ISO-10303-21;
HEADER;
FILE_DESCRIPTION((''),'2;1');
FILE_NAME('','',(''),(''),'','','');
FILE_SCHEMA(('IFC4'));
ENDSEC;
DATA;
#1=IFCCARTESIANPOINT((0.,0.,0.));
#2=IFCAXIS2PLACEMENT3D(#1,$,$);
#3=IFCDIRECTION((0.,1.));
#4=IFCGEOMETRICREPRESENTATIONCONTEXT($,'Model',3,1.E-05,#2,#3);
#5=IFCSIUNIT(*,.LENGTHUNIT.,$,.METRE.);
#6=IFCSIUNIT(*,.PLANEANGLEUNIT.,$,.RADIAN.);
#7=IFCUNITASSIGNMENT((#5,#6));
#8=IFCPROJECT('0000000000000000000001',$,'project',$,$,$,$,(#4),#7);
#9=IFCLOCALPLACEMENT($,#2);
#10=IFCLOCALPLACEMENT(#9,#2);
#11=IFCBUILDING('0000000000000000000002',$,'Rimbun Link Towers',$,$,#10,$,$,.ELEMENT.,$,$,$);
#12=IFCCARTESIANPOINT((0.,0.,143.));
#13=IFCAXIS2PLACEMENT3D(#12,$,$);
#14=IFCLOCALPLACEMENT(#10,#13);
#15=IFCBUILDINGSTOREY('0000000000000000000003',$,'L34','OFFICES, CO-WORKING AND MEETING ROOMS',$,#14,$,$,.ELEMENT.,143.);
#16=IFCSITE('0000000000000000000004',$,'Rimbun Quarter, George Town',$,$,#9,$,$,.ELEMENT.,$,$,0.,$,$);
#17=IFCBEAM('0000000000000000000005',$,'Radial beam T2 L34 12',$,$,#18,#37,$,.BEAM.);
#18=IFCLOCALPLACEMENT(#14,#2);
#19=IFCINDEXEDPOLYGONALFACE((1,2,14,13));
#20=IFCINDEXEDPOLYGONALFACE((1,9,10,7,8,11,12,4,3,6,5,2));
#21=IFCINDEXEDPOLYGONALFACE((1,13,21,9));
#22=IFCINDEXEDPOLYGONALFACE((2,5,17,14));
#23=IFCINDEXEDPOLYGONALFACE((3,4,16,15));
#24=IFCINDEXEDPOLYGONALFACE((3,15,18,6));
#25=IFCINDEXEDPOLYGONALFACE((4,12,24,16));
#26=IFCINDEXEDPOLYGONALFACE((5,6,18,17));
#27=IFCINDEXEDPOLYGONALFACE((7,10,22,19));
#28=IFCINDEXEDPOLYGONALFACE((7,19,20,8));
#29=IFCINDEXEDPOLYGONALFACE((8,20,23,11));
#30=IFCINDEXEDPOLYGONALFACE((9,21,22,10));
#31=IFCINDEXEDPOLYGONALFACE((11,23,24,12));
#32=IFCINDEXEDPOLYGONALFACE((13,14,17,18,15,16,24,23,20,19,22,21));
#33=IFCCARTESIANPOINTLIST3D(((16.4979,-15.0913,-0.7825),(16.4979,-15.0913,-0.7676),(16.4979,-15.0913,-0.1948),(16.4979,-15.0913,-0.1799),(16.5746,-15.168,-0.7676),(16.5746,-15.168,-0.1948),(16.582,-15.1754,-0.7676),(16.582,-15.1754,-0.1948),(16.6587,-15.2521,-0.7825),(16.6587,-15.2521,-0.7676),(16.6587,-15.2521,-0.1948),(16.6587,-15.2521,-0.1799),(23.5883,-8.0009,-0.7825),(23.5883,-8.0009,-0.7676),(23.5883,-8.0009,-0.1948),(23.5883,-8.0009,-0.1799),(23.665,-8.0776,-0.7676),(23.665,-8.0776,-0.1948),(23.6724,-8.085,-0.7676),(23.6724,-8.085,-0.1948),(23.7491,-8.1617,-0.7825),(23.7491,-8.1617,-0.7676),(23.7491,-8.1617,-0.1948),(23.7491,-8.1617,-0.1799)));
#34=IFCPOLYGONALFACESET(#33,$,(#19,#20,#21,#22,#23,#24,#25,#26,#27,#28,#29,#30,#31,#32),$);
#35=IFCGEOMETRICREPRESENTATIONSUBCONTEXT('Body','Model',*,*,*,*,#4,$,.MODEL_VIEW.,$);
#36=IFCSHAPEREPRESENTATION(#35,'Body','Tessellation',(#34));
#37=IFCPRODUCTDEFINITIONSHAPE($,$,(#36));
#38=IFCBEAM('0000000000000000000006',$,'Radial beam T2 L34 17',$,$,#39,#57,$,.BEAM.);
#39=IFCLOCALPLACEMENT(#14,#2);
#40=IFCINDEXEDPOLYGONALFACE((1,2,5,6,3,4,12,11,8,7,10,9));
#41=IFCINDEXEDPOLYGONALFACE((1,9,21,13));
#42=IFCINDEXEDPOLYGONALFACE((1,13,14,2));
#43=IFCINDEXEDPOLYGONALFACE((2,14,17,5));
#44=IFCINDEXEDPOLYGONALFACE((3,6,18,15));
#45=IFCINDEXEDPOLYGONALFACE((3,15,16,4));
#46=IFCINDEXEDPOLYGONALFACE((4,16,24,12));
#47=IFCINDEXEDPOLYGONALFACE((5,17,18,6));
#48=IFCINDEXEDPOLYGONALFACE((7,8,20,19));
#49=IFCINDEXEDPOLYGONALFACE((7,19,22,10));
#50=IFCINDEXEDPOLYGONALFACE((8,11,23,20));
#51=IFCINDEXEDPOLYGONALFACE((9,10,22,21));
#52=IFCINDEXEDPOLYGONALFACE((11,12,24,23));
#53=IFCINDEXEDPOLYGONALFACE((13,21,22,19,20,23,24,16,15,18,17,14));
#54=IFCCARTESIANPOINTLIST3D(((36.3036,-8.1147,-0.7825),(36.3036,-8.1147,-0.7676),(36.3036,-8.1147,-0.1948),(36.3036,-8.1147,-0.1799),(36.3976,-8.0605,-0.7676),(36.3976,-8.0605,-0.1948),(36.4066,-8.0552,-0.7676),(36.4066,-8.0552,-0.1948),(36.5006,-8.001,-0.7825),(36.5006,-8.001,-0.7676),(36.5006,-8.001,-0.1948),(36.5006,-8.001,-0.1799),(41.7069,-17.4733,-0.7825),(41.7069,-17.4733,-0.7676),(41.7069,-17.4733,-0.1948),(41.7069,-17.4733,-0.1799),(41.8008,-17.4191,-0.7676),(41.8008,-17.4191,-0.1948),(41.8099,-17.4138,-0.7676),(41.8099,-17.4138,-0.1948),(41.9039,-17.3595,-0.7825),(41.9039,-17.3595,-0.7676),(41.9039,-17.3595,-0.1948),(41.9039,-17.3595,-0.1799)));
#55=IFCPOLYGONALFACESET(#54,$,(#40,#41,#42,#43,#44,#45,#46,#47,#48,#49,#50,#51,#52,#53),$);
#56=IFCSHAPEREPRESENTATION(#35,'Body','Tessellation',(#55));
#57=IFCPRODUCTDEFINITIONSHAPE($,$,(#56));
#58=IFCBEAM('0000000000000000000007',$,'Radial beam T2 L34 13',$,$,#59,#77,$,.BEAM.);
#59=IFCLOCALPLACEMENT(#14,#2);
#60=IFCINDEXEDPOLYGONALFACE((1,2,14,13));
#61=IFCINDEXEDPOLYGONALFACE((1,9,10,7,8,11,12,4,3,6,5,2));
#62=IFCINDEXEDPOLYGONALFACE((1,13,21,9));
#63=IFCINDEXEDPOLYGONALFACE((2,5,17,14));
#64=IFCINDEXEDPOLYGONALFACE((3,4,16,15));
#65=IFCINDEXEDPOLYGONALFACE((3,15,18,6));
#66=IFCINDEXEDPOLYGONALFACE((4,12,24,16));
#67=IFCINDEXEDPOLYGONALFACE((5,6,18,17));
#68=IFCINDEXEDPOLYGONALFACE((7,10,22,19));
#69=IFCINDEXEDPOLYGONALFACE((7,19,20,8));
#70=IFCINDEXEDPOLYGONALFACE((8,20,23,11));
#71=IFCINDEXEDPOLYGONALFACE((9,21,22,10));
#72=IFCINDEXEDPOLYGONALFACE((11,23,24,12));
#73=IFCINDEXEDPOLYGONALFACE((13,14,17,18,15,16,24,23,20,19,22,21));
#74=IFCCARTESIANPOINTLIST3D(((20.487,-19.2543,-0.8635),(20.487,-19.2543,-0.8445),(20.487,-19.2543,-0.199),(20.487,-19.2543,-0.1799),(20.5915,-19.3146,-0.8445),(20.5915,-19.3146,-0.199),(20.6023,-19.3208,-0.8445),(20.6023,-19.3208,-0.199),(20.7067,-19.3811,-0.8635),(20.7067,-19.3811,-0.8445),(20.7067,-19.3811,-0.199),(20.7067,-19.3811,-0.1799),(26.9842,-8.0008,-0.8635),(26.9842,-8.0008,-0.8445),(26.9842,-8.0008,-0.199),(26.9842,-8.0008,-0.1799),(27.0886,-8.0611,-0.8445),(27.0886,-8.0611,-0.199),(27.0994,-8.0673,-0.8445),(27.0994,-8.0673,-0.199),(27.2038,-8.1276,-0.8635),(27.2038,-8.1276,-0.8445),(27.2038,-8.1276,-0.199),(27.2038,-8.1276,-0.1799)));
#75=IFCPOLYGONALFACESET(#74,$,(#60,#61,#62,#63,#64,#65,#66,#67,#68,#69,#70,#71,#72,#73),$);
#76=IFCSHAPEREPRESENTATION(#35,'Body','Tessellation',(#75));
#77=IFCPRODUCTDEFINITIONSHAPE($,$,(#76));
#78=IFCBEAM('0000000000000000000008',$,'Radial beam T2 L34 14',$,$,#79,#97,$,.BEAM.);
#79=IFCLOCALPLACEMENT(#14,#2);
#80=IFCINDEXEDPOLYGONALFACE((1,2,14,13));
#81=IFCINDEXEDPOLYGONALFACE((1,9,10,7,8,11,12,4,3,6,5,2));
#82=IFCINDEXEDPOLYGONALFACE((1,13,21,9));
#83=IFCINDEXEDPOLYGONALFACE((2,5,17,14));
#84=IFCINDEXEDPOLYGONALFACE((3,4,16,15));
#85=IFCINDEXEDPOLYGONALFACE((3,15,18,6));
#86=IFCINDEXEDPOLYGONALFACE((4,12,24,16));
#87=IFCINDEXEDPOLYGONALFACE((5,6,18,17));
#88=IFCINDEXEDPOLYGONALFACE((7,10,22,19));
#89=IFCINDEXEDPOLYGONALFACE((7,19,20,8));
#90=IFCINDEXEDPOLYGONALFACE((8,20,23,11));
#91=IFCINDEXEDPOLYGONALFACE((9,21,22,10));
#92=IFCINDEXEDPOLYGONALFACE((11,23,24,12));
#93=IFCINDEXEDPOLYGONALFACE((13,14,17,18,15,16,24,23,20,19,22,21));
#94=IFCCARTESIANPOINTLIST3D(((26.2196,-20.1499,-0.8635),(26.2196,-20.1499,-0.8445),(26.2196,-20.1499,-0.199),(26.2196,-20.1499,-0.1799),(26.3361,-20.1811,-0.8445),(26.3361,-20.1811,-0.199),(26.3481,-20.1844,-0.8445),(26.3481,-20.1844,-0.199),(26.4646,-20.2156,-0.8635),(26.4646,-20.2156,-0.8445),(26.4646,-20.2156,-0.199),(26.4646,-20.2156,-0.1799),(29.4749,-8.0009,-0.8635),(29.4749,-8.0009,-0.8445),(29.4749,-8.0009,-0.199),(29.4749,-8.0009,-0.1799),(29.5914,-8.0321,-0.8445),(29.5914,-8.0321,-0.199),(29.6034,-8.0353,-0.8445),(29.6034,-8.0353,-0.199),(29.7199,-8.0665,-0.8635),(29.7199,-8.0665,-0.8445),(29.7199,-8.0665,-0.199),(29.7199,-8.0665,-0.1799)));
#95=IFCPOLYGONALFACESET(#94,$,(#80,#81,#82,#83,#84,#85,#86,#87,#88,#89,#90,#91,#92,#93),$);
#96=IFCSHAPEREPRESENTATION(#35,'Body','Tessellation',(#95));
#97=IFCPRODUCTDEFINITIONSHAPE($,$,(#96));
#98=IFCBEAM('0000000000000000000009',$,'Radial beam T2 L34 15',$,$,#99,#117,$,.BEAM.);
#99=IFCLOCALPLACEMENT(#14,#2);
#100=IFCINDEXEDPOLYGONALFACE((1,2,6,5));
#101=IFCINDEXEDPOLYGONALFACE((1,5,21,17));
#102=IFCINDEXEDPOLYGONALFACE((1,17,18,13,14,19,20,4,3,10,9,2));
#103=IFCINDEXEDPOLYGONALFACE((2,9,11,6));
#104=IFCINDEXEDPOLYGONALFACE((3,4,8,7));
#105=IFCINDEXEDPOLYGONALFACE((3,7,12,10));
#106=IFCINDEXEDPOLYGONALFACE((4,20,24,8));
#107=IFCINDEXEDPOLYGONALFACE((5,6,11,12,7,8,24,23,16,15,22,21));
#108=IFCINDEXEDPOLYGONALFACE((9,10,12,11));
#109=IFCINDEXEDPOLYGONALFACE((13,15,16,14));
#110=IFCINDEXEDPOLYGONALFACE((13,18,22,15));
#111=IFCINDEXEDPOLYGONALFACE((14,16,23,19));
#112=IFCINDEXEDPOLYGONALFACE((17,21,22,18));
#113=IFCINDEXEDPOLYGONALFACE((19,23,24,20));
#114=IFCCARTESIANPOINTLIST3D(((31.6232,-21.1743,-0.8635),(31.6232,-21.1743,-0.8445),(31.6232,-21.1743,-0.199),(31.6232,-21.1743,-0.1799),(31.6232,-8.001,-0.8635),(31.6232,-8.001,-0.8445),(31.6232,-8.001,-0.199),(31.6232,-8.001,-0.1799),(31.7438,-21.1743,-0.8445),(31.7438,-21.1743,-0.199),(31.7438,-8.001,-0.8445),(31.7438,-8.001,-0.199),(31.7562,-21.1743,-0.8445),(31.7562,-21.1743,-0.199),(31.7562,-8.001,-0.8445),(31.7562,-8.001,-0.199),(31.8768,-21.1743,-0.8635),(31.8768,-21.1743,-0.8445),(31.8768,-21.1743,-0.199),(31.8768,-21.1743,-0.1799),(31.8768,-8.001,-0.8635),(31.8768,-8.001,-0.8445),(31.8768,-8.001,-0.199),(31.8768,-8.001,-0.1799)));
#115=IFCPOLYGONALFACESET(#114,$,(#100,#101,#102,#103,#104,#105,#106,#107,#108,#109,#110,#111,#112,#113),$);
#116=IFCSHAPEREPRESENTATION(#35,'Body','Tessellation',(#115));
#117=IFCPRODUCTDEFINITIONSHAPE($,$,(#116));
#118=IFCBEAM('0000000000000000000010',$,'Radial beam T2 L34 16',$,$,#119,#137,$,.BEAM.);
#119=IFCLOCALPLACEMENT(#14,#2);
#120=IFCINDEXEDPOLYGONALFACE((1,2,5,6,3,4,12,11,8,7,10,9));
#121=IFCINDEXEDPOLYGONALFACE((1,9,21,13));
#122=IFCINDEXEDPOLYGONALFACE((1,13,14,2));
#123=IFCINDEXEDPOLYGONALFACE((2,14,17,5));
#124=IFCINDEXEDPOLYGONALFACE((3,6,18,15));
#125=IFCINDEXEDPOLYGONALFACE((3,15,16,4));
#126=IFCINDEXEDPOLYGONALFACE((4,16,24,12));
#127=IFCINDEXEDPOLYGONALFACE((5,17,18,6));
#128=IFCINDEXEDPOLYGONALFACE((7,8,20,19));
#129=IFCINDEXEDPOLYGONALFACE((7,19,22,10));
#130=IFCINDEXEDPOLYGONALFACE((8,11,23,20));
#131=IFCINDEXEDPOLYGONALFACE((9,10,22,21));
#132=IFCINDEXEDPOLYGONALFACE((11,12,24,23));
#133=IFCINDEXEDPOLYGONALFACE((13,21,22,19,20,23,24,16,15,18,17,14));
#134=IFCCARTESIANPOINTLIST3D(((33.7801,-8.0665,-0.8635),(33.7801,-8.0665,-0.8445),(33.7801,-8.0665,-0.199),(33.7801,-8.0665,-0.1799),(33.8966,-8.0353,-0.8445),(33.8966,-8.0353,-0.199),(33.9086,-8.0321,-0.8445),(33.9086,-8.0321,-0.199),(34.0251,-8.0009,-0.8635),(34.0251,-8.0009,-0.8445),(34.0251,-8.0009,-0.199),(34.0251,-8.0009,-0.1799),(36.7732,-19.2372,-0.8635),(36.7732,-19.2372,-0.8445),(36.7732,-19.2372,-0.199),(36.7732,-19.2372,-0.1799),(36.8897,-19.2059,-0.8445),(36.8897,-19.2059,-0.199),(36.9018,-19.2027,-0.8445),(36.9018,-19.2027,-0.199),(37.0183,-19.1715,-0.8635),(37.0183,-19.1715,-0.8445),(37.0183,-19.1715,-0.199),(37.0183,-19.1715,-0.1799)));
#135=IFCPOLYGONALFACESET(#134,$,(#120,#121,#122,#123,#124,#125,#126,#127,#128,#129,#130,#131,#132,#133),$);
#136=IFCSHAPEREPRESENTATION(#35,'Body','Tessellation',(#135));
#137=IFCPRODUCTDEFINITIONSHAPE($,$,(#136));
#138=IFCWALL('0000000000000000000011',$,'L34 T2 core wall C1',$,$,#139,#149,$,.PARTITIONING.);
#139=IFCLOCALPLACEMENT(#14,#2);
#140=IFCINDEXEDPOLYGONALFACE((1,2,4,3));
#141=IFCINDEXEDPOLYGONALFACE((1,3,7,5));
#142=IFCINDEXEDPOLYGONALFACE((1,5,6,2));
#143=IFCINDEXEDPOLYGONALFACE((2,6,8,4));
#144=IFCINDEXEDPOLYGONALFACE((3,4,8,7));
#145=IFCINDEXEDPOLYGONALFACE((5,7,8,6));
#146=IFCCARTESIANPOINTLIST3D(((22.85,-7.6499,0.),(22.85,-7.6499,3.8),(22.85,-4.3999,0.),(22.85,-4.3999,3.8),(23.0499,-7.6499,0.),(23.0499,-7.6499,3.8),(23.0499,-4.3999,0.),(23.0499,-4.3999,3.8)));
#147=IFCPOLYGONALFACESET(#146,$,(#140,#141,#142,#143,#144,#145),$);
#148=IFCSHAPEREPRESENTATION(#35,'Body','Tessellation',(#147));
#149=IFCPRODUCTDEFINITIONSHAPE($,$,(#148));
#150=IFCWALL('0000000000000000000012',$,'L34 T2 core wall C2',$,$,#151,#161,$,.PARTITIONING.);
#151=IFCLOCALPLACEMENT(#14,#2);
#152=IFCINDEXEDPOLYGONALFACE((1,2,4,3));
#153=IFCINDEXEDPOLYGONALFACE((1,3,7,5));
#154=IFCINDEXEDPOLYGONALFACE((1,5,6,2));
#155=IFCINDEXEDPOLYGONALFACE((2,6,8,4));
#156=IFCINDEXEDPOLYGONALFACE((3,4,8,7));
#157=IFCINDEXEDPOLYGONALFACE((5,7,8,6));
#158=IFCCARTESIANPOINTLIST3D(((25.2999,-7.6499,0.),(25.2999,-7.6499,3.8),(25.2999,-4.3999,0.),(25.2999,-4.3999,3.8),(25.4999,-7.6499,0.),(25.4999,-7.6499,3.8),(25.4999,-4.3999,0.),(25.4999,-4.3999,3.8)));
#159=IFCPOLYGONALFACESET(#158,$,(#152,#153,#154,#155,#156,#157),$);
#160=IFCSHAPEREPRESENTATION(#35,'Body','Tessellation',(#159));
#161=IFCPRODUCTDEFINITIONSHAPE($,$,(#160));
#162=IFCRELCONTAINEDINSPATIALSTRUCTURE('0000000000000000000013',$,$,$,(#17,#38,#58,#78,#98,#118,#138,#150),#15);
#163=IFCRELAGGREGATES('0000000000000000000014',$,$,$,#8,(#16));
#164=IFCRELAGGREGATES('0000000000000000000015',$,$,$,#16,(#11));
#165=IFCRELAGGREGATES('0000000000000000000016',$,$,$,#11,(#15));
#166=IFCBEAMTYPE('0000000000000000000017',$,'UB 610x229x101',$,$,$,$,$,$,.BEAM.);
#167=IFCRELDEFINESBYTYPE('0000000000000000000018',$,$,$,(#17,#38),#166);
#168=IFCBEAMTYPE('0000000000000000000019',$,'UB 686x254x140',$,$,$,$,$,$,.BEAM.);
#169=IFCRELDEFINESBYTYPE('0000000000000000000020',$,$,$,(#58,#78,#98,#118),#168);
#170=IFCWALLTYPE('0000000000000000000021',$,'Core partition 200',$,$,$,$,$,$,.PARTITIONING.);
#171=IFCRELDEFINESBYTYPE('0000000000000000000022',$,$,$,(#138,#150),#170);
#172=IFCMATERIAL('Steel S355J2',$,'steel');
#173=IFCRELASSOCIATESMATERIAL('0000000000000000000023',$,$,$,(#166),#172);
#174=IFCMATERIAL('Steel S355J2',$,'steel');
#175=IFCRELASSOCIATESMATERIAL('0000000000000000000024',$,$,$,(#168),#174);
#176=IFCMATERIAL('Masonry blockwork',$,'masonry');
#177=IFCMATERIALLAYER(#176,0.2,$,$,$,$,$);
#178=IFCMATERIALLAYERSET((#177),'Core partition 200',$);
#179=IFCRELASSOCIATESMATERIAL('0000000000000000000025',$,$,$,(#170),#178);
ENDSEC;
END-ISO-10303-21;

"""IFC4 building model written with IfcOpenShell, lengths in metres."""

from ifc_helpers import new_model, si_unit, direction, frame, frame_2d, origin, origin_2d, place, context, subcontext, project, spatial, rectangle, i_section, extrude, material, layer, layer_set, material_profile, profile_set, type_object, element, save


model = new_model("IFC4")

# Units and contexts
model_context = context("Model", 3, precision=1e-05, world=origin(), true_north=direction((0.0, 1.0)))
body_context = subcontext(model_context, "Body", "Model", "MODEL_VIEW")
ifc_project = project(units=[si_unit("LENGTHUNIT", "METRE"), si_unit("PLANEANGLEUNIT", "RADIAN")], contexts=[model_context])

# Site, building, storey
site_placement = place(None, origin())
site = spatial("IfcSite", under=ifc_project, at=site_placement, Name="Rimbun Quarter, George Town", CompositionType="ELEMENT", RefElevation=0.0)
building_placement = place(site_placement, origin())
building = spatial("IfcBuilding", under=site, at=building_placement, Name="Rimbun Link Towers", CompositionType="ELEMENT")
storey_placement = place(building_placement, frame((0.0, 0.0, 143.0)))
storey = spatial("IfcBuildingStorey", under=building, at=storey_placement, Name="L34", Description="OFFICES, CO-WORKING AND MEETING ROOMS", CompositionType="ELEMENT", Elevation=143.0)

# Beams
ifc_material_1 = material(Name="Steel S355J2", Category="steel")
ifc_material_profile_1 = material_profile(ifc_material_1, i_section(OverallWidth=0.2275, OverallDepth=0.6025, WebThickness=0.0105, FlangeThickness=0.0149, at=origin_2d()), Name="UB 610x229x101")
ifc_profile_set_1 = profile_set([ifc_material_profile_1], Name="Steel S355J2")
beam_type_1 = type_object("IfcBeamType", Name="UB 610x229x101", PredefinedType="BEAM", material=ifc_profile_set_1)
beam_1_placement = place(storey_placement, frame((23.6687, -8.0813, -0.4812), z_axis=(-0.707107, -0.707107, 0.0), x_axis=(0.707107, -0.707107, 0.0)))
element("IfcBeam", 1, at=beam_1_placement, inside=storey, type_object=beam_type_1, Name="Radial beam T2 L34 12", PredefinedType="BEAM", context=body_context, shape_type="SweptSolid", body=[
    extrude(i_section(OverallWidth=0.2275, OverallDepth=0.6025, WebThickness=0.0105, FlangeThickness=0.0149, at=origin_2d()), origin(), (0.0, 0.0, 1.0), 10.0273),
])
beam_2_placement = place(storey_placement, frame((36.4021, -8.0579, -0.4812), z_axis=(0.500007, -0.866021, 0.0), x_axis=(0.866021, 0.500007, 0.0)))
element("IfcBeam", 2, at=beam_2_placement, inside=storey, type_object=beam_type_1, Name="Radial beam T2 L34 17", PredefinedType="BEAM", context=body_context, shape_type="SweptSolid", body=[
    extrude(i_section(OverallWidth=0.2275, OverallDepth=0.6025, WebThickness=0.0105, FlangeThickness=0.0149, at=origin_2d()), origin(), (0.0, 0.0, 1.0), 10.8064),
])
ifc_material_2 = material(Name="Steel S355J2", Category="steel")
ifc_material_profile_2 = material_profile(ifc_material_2, i_section(OverallWidth=0.2537, OverallDepth=0.6836, WebThickness=0.0125, FlangeThickness=0.019, at=origin_2d()), Name="UB 686x254x140")
ifc_profile_set_2 = profile_set([ifc_material_profile_2], Name="Steel S355J2")
beam_type_2 = type_object("IfcBeamType", Name="UB 686x254x140", PredefinedType="BEAM", material=ifc_profile_set_2)
beam_3_placement = place(storey_placement, frame((27.094, -8.0642, -0.5217), z_axis=(-0.499995, -0.866029, 0.0), x_axis=(0.866029, -0.499995, 0.0)))
element("IfcBeam", 3, at=beam_3_placement, inside=storey, type_object=beam_type_2, Name="Radial beam T2 L34 13", PredefinedType="BEAM", context=body_context, shape_type="SweptSolid", body=[
    extrude(i_section(OverallWidth=0.2537, OverallDepth=0.6836, WebThickness=0.0125, FlangeThickness=0.019, at=origin_2d()), origin(), (0.0, 0.0, 1.0), 12.9944),
])
beam_4_placement = place(storey_placement, frame((29.5974, -8.0337, -0.5217), z_axis=(-0.25882, -0.965926, 0.0), x_axis=(0.965926, -0.25882, 0.0)))
element("IfcBeam", 4, at=beam_4_placement, inside=storey, type_object=beam_type_2, Name="Radial beam T2 L34 14", PredefinedType="BEAM", context=body_context, shape_type="SweptSolid", body=[
    extrude(i_section(OverallWidth=0.2537, OverallDepth=0.6836, WebThickness=0.0125, FlangeThickness=0.019, at=origin_2d()), origin(), (0.0, 0.0, 1.0), 12.5776),
])
beam_5_placement = place(storey_placement, frame((31.75, -8.001, -0.5217), z_axis=(0.0, -1.0, 0.0), x_axis=(1.0, 0.0, 0.0)))
element("IfcBeam", 5, at=beam_5_placement, inside=storey, type_object=beam_type_2, Name="Radial beam T2 L34 15", PredefinedType="BEAM", context=body_context, shape_type="SweptSolid", body=[
    extrude(i_section(OverallWidth=0.2537, OverallDepth=0.6836, WebThickness=0.0125, FlangeThickness=0.019, at=origin_2d()), origin(), (0.0, 0.0, 1.0), 13.1733),
])
beam_6_placement = place(storey_placement, frame((33.9026, -8.0337, -0.5217), z_axis=(0.258819, -0.965926, 0.0), x_axis=(0.965926, 0.258819, 0.0)))
element("IfcBeam", 6, at=beam_6_placement, inside=storey, type_object=beam_type_2, Name="Radial beam T2 L34 16", PredefinedType="BEAM", context=body_context, shape_type="SweptSolid", body=[
    extrude(i_section(OverallWidth=0.2537, OverallDepth=0.6836, WebThickness=0.0125, FlangeThickness=0.019, at=origin_2d()), origin(), (0.0, 0.0, 1.0), 11.5647),
])

# Walls
ifc_material_3 = material(Name="Masonry blockwork", Category="masonry")
ifc_layer_1 = layer(ifc_material_3, 0.2)
ifc_layer_set_1 = layer_set([ifc_layer_1], Name="Core partition 200")
wall_type_1 = type_object("IfcWallType", Name="Core partition 200", PredefinedType="PARTITIONING", material=ifc_layer_set_1)
for number, where, z_axis, x_axis, name in (
    (7, (22.95, -4.3999, 0.0), (0.0, 0.0, 1.0), (0.0, -1.0, 0.0), "L34 T2 core wall C1"),
    (8, (25.3999, -4.3999, 0.0), (0.0, 0.0, 1.0), (0.0, -1.0, 0.0), "L34 T2 core wall C2"),
):
    element("IfcWall", number, at=place(storey_placement, frame(where, z_axis=z_axis, x_axis=x_axis)), inside=storey, type_object=wall_type_1, Name=name, PredefinedType="PARTITIONING", context=body_context, shape_type="SweptSolid", body=[
        extrude(rectangle(XDim=3.25, YDim=0.2, at=frame_2d((1.625, 0.0))), origin(), (0.0, 0.0, 1.0), 3.8),
    ])

save(model, "model.ifc")
